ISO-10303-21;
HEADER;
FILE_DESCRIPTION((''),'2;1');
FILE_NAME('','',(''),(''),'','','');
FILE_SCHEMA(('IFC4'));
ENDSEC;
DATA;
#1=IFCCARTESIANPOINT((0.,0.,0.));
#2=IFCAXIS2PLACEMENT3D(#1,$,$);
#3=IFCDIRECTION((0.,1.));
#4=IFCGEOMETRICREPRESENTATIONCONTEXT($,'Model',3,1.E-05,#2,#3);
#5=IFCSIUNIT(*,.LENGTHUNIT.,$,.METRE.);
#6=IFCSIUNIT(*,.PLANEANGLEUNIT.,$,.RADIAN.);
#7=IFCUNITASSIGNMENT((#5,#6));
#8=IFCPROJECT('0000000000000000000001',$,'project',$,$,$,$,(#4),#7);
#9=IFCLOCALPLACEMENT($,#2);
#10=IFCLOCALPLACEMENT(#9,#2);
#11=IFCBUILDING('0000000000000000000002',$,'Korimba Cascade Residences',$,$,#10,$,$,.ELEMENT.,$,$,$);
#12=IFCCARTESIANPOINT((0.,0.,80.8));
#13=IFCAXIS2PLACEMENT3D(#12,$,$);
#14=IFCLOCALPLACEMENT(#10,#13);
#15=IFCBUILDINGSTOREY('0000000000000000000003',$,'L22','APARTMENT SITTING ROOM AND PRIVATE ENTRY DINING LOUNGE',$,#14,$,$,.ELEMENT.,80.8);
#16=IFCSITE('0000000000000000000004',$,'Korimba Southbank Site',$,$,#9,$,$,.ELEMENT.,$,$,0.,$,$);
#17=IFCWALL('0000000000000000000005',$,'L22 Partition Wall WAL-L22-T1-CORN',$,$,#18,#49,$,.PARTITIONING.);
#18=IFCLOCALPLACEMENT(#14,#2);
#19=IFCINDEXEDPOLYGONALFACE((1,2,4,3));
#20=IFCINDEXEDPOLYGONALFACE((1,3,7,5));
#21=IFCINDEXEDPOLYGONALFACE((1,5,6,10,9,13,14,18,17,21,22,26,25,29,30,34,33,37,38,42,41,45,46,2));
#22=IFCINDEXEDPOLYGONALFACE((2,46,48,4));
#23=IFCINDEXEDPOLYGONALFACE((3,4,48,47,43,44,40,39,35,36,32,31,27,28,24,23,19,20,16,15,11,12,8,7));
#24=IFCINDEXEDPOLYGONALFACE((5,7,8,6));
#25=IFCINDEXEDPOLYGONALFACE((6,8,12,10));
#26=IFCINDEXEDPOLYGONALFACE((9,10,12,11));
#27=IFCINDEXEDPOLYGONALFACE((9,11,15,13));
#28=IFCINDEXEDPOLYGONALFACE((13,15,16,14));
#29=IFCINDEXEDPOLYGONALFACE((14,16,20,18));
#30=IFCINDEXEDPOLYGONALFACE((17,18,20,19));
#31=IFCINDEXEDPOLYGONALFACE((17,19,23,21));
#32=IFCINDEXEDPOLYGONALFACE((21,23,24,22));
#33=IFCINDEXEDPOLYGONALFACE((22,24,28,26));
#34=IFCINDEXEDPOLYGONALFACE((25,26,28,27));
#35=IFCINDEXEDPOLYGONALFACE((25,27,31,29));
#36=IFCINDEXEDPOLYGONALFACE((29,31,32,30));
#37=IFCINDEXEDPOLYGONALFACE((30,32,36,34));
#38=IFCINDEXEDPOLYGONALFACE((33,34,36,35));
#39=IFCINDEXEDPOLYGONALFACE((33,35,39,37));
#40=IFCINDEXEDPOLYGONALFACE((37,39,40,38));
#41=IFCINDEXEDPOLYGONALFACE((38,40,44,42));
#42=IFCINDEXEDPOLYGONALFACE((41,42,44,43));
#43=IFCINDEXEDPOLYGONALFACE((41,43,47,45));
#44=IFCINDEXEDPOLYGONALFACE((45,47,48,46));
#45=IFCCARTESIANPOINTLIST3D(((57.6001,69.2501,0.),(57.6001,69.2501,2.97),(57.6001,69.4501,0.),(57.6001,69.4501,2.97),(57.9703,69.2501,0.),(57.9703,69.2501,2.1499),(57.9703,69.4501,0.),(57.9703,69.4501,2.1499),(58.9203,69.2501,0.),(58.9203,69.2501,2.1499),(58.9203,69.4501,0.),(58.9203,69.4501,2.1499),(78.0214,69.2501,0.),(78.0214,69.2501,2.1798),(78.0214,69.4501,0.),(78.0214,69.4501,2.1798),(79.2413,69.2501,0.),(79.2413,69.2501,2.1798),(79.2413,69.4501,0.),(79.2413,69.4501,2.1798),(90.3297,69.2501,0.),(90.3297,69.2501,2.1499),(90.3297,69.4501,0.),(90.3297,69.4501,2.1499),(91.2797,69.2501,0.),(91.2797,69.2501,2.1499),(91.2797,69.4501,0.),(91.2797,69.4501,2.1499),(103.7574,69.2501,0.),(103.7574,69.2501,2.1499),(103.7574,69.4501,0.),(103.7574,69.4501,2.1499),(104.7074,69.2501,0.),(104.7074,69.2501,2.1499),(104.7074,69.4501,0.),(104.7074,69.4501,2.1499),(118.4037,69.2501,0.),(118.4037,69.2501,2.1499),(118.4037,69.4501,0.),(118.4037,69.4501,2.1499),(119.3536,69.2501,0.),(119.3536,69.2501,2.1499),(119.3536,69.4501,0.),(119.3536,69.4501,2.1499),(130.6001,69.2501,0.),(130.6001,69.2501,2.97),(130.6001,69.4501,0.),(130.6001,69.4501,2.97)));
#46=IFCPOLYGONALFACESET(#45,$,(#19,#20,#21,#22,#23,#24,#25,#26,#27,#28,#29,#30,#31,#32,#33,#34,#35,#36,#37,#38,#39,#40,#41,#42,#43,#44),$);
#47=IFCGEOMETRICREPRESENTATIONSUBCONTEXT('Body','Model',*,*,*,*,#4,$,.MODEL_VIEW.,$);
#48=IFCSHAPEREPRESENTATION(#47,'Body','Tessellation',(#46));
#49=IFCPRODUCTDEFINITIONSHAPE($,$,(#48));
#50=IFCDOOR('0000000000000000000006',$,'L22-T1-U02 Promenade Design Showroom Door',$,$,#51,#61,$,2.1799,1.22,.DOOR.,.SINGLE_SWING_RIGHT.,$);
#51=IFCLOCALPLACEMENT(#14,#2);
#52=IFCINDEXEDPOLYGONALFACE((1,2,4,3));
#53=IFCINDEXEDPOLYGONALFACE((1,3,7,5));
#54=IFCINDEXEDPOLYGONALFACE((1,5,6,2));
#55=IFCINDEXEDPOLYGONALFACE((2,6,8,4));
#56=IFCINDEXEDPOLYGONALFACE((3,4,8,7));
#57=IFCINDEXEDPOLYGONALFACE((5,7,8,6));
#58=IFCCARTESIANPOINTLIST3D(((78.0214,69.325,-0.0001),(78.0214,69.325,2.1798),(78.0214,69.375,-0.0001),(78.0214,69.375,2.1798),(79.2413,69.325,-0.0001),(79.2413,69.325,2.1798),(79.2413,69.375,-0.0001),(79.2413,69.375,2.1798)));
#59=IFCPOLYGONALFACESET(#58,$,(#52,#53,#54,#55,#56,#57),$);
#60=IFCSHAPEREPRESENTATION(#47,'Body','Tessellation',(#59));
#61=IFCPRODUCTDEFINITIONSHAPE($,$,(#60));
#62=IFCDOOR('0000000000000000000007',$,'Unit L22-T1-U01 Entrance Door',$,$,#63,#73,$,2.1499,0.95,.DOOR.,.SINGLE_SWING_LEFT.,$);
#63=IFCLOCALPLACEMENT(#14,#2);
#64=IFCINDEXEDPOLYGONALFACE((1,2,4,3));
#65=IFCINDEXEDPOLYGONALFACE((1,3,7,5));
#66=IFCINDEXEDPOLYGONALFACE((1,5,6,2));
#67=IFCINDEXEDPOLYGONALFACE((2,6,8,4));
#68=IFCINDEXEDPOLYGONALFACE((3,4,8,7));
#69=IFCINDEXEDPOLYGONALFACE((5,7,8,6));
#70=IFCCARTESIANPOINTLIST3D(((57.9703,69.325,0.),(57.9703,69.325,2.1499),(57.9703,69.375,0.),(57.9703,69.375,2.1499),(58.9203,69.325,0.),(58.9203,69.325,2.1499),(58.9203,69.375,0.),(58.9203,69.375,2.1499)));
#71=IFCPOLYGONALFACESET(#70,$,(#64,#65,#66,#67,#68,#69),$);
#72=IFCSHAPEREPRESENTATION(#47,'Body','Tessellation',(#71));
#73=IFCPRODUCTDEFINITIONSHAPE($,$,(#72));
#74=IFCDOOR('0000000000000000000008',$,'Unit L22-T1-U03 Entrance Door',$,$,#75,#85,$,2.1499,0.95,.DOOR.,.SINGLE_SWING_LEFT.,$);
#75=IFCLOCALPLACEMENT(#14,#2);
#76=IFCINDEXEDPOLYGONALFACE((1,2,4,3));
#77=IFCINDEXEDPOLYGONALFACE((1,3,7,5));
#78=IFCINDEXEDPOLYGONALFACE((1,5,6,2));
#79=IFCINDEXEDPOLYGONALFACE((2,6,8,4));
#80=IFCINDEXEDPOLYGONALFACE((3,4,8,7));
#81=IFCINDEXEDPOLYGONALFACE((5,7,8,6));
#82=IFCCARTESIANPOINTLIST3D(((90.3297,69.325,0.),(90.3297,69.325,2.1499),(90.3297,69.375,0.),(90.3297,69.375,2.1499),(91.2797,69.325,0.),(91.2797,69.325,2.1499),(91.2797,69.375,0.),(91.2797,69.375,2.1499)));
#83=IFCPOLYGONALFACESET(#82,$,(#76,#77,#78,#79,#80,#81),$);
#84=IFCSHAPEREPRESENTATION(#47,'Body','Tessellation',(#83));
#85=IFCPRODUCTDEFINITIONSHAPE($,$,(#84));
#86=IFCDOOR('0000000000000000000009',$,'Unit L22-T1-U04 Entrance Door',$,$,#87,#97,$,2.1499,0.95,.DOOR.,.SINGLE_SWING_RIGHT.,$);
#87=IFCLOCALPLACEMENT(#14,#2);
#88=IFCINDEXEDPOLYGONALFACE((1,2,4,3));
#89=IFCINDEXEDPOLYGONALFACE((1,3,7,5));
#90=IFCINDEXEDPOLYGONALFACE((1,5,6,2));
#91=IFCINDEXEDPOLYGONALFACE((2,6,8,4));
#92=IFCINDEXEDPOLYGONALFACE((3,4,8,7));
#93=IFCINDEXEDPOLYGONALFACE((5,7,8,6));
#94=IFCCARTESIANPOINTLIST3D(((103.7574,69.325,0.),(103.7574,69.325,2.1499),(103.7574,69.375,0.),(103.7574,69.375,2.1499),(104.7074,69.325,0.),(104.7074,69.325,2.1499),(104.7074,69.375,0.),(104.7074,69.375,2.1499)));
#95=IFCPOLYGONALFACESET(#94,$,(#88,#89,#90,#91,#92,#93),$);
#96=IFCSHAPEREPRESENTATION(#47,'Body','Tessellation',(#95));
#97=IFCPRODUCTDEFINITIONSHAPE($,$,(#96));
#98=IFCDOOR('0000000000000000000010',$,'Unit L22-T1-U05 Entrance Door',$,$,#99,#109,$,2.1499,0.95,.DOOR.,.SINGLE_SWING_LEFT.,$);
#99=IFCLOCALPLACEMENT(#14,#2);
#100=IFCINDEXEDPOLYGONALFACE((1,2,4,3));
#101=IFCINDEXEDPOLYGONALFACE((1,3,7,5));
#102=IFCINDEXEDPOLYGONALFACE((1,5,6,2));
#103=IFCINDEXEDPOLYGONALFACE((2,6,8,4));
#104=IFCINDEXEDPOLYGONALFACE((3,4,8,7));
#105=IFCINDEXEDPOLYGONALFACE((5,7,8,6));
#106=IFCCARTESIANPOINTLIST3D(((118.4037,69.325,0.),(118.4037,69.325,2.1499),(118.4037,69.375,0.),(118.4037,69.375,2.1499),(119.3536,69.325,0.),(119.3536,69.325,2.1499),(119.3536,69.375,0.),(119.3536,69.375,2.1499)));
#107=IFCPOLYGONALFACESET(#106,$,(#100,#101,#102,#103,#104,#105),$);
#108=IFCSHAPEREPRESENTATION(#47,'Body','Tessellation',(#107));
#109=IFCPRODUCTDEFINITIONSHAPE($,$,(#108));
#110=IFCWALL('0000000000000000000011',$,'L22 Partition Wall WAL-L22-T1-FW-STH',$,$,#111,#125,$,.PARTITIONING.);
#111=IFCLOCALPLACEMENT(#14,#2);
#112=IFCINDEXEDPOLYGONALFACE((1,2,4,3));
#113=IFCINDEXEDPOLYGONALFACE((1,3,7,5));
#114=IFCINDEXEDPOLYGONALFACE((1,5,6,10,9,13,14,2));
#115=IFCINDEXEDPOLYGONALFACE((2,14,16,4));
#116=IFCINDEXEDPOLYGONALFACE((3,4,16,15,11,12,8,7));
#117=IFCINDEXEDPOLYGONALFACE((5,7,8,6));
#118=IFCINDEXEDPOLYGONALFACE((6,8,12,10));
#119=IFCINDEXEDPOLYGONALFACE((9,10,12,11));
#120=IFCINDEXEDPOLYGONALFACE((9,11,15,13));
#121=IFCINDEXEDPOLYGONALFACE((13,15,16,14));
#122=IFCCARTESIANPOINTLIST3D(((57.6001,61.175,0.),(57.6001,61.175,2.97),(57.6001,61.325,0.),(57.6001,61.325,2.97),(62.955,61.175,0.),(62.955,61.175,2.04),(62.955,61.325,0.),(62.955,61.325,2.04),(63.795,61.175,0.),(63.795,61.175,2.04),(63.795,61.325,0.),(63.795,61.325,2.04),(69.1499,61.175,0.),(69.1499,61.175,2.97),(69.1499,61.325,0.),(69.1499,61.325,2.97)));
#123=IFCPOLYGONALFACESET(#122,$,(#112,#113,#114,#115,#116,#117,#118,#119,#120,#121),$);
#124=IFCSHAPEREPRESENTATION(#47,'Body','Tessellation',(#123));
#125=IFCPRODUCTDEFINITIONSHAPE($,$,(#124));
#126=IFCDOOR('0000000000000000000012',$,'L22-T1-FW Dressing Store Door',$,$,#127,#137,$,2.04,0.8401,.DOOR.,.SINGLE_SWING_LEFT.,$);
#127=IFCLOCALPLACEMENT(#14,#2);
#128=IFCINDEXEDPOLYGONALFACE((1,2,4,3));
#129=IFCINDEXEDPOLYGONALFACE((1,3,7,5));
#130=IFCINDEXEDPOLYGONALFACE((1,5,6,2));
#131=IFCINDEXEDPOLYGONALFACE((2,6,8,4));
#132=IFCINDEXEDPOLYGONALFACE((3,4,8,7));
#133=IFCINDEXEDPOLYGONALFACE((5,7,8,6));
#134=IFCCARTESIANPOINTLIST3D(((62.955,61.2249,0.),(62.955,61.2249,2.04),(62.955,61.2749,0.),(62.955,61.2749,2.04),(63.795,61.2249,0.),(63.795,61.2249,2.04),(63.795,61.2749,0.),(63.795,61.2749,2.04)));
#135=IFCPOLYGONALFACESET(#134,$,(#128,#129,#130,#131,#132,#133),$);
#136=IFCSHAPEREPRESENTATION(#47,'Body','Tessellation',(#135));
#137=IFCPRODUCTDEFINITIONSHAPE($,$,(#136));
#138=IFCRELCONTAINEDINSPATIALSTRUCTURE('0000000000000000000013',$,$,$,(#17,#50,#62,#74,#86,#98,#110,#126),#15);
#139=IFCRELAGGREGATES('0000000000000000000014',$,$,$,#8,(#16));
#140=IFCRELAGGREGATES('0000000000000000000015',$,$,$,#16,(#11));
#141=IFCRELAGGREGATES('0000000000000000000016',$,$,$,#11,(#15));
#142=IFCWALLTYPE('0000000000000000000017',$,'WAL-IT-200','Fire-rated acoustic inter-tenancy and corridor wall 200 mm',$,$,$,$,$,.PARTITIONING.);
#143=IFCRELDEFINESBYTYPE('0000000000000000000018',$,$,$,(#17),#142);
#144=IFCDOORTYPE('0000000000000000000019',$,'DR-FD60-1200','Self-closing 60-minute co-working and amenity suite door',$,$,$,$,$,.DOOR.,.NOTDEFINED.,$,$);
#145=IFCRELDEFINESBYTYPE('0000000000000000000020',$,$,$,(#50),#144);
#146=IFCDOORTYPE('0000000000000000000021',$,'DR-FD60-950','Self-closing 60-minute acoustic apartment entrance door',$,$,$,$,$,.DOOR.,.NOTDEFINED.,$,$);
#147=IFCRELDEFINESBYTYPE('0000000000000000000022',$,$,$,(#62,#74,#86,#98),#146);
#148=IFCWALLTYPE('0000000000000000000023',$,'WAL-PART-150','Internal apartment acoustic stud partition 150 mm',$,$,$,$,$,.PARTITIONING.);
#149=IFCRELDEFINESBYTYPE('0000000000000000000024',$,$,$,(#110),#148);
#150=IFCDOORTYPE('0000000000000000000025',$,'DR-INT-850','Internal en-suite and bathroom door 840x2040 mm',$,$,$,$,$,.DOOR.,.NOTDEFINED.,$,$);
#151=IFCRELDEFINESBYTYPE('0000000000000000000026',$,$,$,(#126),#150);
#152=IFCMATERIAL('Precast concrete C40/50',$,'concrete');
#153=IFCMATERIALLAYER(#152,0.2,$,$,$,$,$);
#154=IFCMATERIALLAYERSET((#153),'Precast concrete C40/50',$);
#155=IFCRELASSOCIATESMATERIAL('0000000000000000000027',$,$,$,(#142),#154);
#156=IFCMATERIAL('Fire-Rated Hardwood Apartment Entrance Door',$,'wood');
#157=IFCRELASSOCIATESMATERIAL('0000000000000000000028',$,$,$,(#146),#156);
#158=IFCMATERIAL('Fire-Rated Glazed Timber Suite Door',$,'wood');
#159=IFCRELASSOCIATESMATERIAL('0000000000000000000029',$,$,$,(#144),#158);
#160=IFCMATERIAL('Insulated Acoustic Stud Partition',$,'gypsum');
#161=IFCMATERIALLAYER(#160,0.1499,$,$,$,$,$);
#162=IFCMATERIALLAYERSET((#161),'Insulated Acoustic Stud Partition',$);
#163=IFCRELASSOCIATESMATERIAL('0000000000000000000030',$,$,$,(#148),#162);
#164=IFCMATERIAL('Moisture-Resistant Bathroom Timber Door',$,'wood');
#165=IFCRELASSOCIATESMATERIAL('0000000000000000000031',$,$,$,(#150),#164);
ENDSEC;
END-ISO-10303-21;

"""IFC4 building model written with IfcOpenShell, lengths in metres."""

from ifc_helpers import new_model, si_unit, direction, frame, frame_2d, origin, place, context, subcontext, project, spatial, rectangle, extrude, material, layer, layer_set, type_object, element, fill, save


model = new_model("IFC4")

# Units and contexts
model_context = context("Model", 3, precision=1e-05, world=origin(), true_north=direction((0.0, 1.0)))
body_context = subcontext(model_context, "Body", "Model", "MODEL_VIEW")
ifc_project = project(units=[si_unit("LENGTHUNIT", "METRE"), si_unit("PLANEANGLEUNIT", "RADIAN")], contexts=[model_context])

# Site, building, storey
site_placement = place(None, origin())
site = spatial("IfcSite", under=ifc_project, at=site_placement, Name="Korimba Southbank Site", CompositionType="ELEMENT", RefElevation=0.0)
building_placement = place(site_placement, origin())
building = spatial("IfcBuilding", under=site, at=building_placement, Name="Korimba Cascade Residences", CompositionType="ELEMENT")
storey_placement = place(building_placement, frame((0.0, 0.0, 80.8)))
storey = spatial("IfcBuildingStorey", under=building, at=storey_placement, Name="L22", Description="APARTMENT SITTING ROOM AND PRIVATE ENTRY DINING LOUNGE", CompositionType="ELEMENT", Elevation=80.8)

# Shared definitions
ifc_material_1 = material(Name="Precast concrete C40/50", Category="concrete")
ifc_layer_1 = layer(ifc_material_1, 0.2)
ifc_layer_set_1 = layer_set([ifc_layer_1], Name="Precast concrete C40/50")
wall_type_1 = type_object("IfcWallType", Name="WAL-IT-200", Description="Fire-rated acoustic inter-tenancy and corridor wall 200 mm", PredefinedType="PARTITIONING", material=ifc_layer_set_1)
ifc_material_2 = material(Name="Fire-Rated Hardwood Apartment Entrance Door", Category="wood")
door_type_1 = type_object("IfcDoorType", Name="DR-FD60-950", Description="Self-closing 60-minute acoustic apartment entrance door", OperationType="NOTDEFINED", PredefinedType="DOOR", material=ifc_material_2)

# Wall, openings, doors
wall_1_placement = place(storey_placement, frame((57.6001, 69.3501, 0.0), z_axis=(0.0, 0.0, 1.0), x_axis=(1.0, 0.0, 0.0)))
wall_1 = element("IfcWall", 1, at=wall_1_placement, inside=storey, type_object=wall_type_1, Name="L22 Partition Wall WAL-L22-T1-CORN", PredefinedType="PARTITIONING", context=body_context, shape_type="SweptSolid", body=[
    extrude(rectangle(XDim=73.0, YDim=0.2, at=frame_2d((36.5, 0.0))), origin(), (0.0, 0.0, 1.0), 2.97),
])
opening_1_placement = place(wall_1_placement, frame((0.3701, 0.0, 0.0)))
opening_1 = element("IfcOpeningElement", 2, at=opening_1_placement, cuts=wall_1, PredefinedType="OPENING", context=body_context, shape_type="SweptSolid", body=[
    extrude(rectangle(XDim=0.95, YDim=2.1499, at=frame_2d((0.4751, 1.075))), frame((0.0, 0.1099, 0.0), z_axis=(0.0, -1.0, 0.0), x_axis=(1.0, 0.0, 0.0)), (0.0, 0.0, 1.0), 0.22),
])
opening_2_placement = place(wall_1_placement, frame((20.4214, 0.0, 0.0)))
opening_2 = element("IfcOpeningElement", 3, at=opening_2_placement, cuts=wall_1, PredefinedType="OPENING", context=body_context, shape_type="SweptSolid", body=[
    extrude(rectangle(XDim=1.22, YDim=2.1799, at=frame_2d((0.6099, 1.0898))), frame((0.0, 0.1099, 0.0), z_axis=(0.0, -1.0, 0.0), x_axis=(1.0, 0.0, 0.0)), (0.0, 0.0, 1.0), 0.22),
])
opening_3_placement = place(wall_1_placement, frame((32.7295, 0.0, 0.0)))
opening_3 = element("IfcOpeningElement", 4, at=opening_3_placement, cuts=wall_1, PredefinedType="OPENING", context=body_context, shape_type="SweptSolid", body=[
    extrude(rectangle(XDim=0.95, YDim=2.1499, at=frame_2d((0.4751, 1.075))), frame((0.0, 0.1099, 0.0), z_axis=(0.0, -1.0, 0.0), x_axis=(1.0, 0.0, 0.0)), (0.0, 0.0, 1.0), 0.22),
])
opening_4_placement = place(wall_1_placement, frame((46.1572, 0.0, 0.0)))
opening_4 = element("IfcOpeningElement", 5, at=opening_4_placement, cuts=wall_1, PredefinedType="OPENING", context=body_context, shape_type="SweptSolid", body=[
    extrude(rectangle(XDim=0.95, YDim=2.1499, at=frame_2d((0.4751, 1.075))), frame((0.0, 0.1099, 0.0), z_axis=(0.0, -1.0, 0.0), x_axis=(1.0, 0.0, 0.0)), (0.0, 0.0, 1.0), 0.22),
])
opening_5_placement = place(wall_1_placement, frame((60.8035, 0.0, 0.0)))
opening_5 = element("IfcOpeningElement", 6, at=opening_5_placement, cuts=wall_1, PredefinedType="OPENING", context=body_context, shape_type="SweptSolid", body=[
    extrude(rectangle(XDim=0.95, YDim=2.1499, at=frame_2d((0.4751, 1.075))), frame((0.0, 0.1099, 0.0), z_axis=(0.0, -1.0, 0.0), x_axis=(1.0, 0.0, 0.0)), (0.0, 0.0, 1.0), 0.22),
])
ifc_material_3 = material(Name="Fire-Rated Glazed Timber Suite Door", Category="wood")
door_type_2 = type_object("IfcDoorType", Name="DR-FD60-1200", Description="Self-closing 60-minute co-working and amenity suite door", OperationType="NOTDEFINED", PredefinedType="DOOR", material=ifc_material_3)
door_1_placement = place(opening_2_placement, origin())
door_1 = element("IfcDoor", 7, at=door_1_placement, inside=storey, type_object=door_type_2, Name="L22-T1-U02 Promenade Design Showroom Door", OperationType="SINGLE_SWING_RIGHT", OverallHeight=2.1799, OverallWidth=1.22, PredefinedType="DOOR", context=body_context, shape_type="SweptSolid", body=[
    extrude(rectangle(XDim=1.22, YDim=2.1799, at=frame_2d((0.6099, 1.0898))), frame((0.0, 0.0249, 0.0), z_axis=(0.0, -1.0, 0.0), x_axis=(1.0, 0.0, 0.0)), (0.0, 0.0, 1.0), 0.05),
])
fill(opening_2, door_1)
door_2_placement = place(opening_1_placement, origin())
door_2 = element("IfcDoor", 8, at=door_2_placement, inside=storey, type_object=door_type_1, Name="Unit L22-T1-U01 Entrance Door", OperationType="SINGLE_SWING_LEFT", OverallHeight=2.1499, OverallWidth=0.95, PredefinedType="DOOR", context=body_context, shape_type="SweptSolid", body=[
    extrude(rectangle(XDim=0.95, YDim=2.1499, at=frame_2d((0.4751, 1.075))), frame((0.0, 0.0249, 0.0), z_axis=(0.0, -1.0, 0.0), x_axis=(1.0, 0.0, 0.0)), (0.0, 0.0, 1.0), 0.05),
])
fill(opening_1, door_2)
door_3_placement = place(opening_3_placement, origin())
door_3 = element("IfcDoor", 9, at=door_3_placement, inside=storey, type_object=door_type_1, Name="Unit L22-T1-U03 Entrance Door", OperationType="SINGLE_SWING_LEFT", OverallHeight=2.1499, OverallWidth=0.95, PredefinedType="DOOR", context=body_context, shape_type="SweptSolid", body=[
    extrude(rectangle(XDim=0.95, YDim=2.1499, at=frame_2d((0.4751, 1.075))), frame((0.0, 0.0249, 0.0), z_axis=(0.0, -1.0, 0.0), x_axis=(1.0, 0.0, 0.0)), (0.0, 0.0, 1.0), 0.05),
])
fill(opening_3, door_3)
door_4_placement = place(opening_4_placement, origin())
door_4 = element("IfcDoor", 10, at=door_4_placement, inside=storey, type_object=door_type_1, Name="Unit L22-T1-U04 Entrance Door", OperationType="SINGLE_SWING_RIGHT", OverallHeight=2.1499, OverallWidth=0.95, PredefinedType="DOOR", context=body_context, shape_type="SweptSolid", body=[
    extrude(rectangle(XDim=0.95, YDim=2.1499, at=frame_2d((0.4751, 1.075))), frame((0.0, 0.0249, 0.0), z_axis=(0.0, -1.0, 0.0), x_axis=(1.0, 0.0, 0.0)), (0.0, 0.0, 1.0), 0.05),
])
fill(opening_4, door_4)
door_5_placement = place(opening_5_placement, origin())
door_5 = element("IfcDoor", 11, at=door_5_placement, inside=storey, type_object=door_type_1, Name="Unit L22-T1-U05 Entrance Door", OperationType="SINGLE_SWING_LEFT", OverallHeight=2.1499, OverallWidth=0.95, PredefinedType="DOOR", context=body_context, shape_type="SweptSolid", body=[
    extrude(rectangle(XDim=0.95, YDim=2.1499, at=frame_2d((0.4751, 1.075))), frame((0.0, 0.0249, 0.0), z_axis=(0.0, -1.0, 0.0), x_axis=(1.0, 0.0, 0.0)), (0.0, 0.0, 1.0), 0.05),
])
fill(opening_5, door_5)

# Wall, opening, door
ifc_material_4 = material(Name="Insulated Acoustic Stud Partition", Category="gypsum")
ifc_layer_2 = layer(ifc_material_4, 0.1499)
ifc_layer_set_2 = layer_set([ifc_layer_2], Name="Insulated Acoustic Stud Partition")
wall_type_2 = type_object("IfcWallType", Name="WAL-PART-150", Description="Internal apartment acoustic stud partition 150 mm", PredefinedType="PARTITIONING", material=ifc_layer_set_2)
wall_2_placement = place(storey_placement, frame((57.6001, 61.25, 0.0), z_axis=(0.0, 0.0, 1.0), x_axis=(1.0, 0.0, 0.0)))
wall_2 = element("IfcWall", 12, at=wall_2_placement, inside=storey, type_object=wall_type_2, Name="L22 Partition Wall WAL-L22-T1-FW-STH", PredefinedType="PARTITIONING", context=body_context, shape_type="SweptSolid", body=[
    extrude(rectangle(XDim=11.5498, YDim=0.1499, at=frame_2d((5.7749, 0.0))), origin(), (0.0, 0.0, 1.0), 2.97),
])
opening_6_placement = place(wall_2_placement, frame((5.355, 0.0, 0.0)))
opening_6 = element("IfcOpeningElement", 13, at=opening_6_placement, cuts=wall_2, PredefinedType="OPENING", context=body_context, shape_type="SweptSolid", body=[
    extrude(rectangle(XDim=0.8401, YDim=2.04, at=frame_2d((0.4199, 1.02))), frame((0.0, 0.085, 0.0), z_axis=(0.0, -1.0, 0.0), x_axis=(1.0, 0.0, 0.0)), (0.0, 0.0, 1.0), 0.1699),
])
ifc_material_5 = material(Name="Moisture-Resistant Bathroom Timber Door", Category="wood")
door_type_3 = type_object("IfcDoorType", Name="DR-INT-850", Description="Internal en-suite and bathroom door 840x2040 mm", OperationType="NOTDEFINED", PredefinedType="DOOR", material=ifc_material_5)
door_6_placement = place(opening_6_placement, origin())
door_6 = element("IfcDoor", 14, at=door_6_placement, inside=storey, type_object=door_type_3, Name="L22-T1-FW Dressing Store Door", OperationType="SINGLE_SWING_LEFT", OverallHeight=2.04, OverallWidth=0.8401, PredefinedType="DOOR", context=body_context, shape_type="SweptSolid", body=[
    extrude(rectangle(XDim=0.8401, YDim=2.04, at=frame_2d((0.4199, 1.02))), frame((0.0, 0.0249, 0.0), z_axis=(0.0, -1.0, 0.0), x_axis=(1.0, 0.0, 0.0)), (0.0, 0.0, 1.0), 0.05),
])
fill(opening_6, door_6)

save(model, "model.ifc")
